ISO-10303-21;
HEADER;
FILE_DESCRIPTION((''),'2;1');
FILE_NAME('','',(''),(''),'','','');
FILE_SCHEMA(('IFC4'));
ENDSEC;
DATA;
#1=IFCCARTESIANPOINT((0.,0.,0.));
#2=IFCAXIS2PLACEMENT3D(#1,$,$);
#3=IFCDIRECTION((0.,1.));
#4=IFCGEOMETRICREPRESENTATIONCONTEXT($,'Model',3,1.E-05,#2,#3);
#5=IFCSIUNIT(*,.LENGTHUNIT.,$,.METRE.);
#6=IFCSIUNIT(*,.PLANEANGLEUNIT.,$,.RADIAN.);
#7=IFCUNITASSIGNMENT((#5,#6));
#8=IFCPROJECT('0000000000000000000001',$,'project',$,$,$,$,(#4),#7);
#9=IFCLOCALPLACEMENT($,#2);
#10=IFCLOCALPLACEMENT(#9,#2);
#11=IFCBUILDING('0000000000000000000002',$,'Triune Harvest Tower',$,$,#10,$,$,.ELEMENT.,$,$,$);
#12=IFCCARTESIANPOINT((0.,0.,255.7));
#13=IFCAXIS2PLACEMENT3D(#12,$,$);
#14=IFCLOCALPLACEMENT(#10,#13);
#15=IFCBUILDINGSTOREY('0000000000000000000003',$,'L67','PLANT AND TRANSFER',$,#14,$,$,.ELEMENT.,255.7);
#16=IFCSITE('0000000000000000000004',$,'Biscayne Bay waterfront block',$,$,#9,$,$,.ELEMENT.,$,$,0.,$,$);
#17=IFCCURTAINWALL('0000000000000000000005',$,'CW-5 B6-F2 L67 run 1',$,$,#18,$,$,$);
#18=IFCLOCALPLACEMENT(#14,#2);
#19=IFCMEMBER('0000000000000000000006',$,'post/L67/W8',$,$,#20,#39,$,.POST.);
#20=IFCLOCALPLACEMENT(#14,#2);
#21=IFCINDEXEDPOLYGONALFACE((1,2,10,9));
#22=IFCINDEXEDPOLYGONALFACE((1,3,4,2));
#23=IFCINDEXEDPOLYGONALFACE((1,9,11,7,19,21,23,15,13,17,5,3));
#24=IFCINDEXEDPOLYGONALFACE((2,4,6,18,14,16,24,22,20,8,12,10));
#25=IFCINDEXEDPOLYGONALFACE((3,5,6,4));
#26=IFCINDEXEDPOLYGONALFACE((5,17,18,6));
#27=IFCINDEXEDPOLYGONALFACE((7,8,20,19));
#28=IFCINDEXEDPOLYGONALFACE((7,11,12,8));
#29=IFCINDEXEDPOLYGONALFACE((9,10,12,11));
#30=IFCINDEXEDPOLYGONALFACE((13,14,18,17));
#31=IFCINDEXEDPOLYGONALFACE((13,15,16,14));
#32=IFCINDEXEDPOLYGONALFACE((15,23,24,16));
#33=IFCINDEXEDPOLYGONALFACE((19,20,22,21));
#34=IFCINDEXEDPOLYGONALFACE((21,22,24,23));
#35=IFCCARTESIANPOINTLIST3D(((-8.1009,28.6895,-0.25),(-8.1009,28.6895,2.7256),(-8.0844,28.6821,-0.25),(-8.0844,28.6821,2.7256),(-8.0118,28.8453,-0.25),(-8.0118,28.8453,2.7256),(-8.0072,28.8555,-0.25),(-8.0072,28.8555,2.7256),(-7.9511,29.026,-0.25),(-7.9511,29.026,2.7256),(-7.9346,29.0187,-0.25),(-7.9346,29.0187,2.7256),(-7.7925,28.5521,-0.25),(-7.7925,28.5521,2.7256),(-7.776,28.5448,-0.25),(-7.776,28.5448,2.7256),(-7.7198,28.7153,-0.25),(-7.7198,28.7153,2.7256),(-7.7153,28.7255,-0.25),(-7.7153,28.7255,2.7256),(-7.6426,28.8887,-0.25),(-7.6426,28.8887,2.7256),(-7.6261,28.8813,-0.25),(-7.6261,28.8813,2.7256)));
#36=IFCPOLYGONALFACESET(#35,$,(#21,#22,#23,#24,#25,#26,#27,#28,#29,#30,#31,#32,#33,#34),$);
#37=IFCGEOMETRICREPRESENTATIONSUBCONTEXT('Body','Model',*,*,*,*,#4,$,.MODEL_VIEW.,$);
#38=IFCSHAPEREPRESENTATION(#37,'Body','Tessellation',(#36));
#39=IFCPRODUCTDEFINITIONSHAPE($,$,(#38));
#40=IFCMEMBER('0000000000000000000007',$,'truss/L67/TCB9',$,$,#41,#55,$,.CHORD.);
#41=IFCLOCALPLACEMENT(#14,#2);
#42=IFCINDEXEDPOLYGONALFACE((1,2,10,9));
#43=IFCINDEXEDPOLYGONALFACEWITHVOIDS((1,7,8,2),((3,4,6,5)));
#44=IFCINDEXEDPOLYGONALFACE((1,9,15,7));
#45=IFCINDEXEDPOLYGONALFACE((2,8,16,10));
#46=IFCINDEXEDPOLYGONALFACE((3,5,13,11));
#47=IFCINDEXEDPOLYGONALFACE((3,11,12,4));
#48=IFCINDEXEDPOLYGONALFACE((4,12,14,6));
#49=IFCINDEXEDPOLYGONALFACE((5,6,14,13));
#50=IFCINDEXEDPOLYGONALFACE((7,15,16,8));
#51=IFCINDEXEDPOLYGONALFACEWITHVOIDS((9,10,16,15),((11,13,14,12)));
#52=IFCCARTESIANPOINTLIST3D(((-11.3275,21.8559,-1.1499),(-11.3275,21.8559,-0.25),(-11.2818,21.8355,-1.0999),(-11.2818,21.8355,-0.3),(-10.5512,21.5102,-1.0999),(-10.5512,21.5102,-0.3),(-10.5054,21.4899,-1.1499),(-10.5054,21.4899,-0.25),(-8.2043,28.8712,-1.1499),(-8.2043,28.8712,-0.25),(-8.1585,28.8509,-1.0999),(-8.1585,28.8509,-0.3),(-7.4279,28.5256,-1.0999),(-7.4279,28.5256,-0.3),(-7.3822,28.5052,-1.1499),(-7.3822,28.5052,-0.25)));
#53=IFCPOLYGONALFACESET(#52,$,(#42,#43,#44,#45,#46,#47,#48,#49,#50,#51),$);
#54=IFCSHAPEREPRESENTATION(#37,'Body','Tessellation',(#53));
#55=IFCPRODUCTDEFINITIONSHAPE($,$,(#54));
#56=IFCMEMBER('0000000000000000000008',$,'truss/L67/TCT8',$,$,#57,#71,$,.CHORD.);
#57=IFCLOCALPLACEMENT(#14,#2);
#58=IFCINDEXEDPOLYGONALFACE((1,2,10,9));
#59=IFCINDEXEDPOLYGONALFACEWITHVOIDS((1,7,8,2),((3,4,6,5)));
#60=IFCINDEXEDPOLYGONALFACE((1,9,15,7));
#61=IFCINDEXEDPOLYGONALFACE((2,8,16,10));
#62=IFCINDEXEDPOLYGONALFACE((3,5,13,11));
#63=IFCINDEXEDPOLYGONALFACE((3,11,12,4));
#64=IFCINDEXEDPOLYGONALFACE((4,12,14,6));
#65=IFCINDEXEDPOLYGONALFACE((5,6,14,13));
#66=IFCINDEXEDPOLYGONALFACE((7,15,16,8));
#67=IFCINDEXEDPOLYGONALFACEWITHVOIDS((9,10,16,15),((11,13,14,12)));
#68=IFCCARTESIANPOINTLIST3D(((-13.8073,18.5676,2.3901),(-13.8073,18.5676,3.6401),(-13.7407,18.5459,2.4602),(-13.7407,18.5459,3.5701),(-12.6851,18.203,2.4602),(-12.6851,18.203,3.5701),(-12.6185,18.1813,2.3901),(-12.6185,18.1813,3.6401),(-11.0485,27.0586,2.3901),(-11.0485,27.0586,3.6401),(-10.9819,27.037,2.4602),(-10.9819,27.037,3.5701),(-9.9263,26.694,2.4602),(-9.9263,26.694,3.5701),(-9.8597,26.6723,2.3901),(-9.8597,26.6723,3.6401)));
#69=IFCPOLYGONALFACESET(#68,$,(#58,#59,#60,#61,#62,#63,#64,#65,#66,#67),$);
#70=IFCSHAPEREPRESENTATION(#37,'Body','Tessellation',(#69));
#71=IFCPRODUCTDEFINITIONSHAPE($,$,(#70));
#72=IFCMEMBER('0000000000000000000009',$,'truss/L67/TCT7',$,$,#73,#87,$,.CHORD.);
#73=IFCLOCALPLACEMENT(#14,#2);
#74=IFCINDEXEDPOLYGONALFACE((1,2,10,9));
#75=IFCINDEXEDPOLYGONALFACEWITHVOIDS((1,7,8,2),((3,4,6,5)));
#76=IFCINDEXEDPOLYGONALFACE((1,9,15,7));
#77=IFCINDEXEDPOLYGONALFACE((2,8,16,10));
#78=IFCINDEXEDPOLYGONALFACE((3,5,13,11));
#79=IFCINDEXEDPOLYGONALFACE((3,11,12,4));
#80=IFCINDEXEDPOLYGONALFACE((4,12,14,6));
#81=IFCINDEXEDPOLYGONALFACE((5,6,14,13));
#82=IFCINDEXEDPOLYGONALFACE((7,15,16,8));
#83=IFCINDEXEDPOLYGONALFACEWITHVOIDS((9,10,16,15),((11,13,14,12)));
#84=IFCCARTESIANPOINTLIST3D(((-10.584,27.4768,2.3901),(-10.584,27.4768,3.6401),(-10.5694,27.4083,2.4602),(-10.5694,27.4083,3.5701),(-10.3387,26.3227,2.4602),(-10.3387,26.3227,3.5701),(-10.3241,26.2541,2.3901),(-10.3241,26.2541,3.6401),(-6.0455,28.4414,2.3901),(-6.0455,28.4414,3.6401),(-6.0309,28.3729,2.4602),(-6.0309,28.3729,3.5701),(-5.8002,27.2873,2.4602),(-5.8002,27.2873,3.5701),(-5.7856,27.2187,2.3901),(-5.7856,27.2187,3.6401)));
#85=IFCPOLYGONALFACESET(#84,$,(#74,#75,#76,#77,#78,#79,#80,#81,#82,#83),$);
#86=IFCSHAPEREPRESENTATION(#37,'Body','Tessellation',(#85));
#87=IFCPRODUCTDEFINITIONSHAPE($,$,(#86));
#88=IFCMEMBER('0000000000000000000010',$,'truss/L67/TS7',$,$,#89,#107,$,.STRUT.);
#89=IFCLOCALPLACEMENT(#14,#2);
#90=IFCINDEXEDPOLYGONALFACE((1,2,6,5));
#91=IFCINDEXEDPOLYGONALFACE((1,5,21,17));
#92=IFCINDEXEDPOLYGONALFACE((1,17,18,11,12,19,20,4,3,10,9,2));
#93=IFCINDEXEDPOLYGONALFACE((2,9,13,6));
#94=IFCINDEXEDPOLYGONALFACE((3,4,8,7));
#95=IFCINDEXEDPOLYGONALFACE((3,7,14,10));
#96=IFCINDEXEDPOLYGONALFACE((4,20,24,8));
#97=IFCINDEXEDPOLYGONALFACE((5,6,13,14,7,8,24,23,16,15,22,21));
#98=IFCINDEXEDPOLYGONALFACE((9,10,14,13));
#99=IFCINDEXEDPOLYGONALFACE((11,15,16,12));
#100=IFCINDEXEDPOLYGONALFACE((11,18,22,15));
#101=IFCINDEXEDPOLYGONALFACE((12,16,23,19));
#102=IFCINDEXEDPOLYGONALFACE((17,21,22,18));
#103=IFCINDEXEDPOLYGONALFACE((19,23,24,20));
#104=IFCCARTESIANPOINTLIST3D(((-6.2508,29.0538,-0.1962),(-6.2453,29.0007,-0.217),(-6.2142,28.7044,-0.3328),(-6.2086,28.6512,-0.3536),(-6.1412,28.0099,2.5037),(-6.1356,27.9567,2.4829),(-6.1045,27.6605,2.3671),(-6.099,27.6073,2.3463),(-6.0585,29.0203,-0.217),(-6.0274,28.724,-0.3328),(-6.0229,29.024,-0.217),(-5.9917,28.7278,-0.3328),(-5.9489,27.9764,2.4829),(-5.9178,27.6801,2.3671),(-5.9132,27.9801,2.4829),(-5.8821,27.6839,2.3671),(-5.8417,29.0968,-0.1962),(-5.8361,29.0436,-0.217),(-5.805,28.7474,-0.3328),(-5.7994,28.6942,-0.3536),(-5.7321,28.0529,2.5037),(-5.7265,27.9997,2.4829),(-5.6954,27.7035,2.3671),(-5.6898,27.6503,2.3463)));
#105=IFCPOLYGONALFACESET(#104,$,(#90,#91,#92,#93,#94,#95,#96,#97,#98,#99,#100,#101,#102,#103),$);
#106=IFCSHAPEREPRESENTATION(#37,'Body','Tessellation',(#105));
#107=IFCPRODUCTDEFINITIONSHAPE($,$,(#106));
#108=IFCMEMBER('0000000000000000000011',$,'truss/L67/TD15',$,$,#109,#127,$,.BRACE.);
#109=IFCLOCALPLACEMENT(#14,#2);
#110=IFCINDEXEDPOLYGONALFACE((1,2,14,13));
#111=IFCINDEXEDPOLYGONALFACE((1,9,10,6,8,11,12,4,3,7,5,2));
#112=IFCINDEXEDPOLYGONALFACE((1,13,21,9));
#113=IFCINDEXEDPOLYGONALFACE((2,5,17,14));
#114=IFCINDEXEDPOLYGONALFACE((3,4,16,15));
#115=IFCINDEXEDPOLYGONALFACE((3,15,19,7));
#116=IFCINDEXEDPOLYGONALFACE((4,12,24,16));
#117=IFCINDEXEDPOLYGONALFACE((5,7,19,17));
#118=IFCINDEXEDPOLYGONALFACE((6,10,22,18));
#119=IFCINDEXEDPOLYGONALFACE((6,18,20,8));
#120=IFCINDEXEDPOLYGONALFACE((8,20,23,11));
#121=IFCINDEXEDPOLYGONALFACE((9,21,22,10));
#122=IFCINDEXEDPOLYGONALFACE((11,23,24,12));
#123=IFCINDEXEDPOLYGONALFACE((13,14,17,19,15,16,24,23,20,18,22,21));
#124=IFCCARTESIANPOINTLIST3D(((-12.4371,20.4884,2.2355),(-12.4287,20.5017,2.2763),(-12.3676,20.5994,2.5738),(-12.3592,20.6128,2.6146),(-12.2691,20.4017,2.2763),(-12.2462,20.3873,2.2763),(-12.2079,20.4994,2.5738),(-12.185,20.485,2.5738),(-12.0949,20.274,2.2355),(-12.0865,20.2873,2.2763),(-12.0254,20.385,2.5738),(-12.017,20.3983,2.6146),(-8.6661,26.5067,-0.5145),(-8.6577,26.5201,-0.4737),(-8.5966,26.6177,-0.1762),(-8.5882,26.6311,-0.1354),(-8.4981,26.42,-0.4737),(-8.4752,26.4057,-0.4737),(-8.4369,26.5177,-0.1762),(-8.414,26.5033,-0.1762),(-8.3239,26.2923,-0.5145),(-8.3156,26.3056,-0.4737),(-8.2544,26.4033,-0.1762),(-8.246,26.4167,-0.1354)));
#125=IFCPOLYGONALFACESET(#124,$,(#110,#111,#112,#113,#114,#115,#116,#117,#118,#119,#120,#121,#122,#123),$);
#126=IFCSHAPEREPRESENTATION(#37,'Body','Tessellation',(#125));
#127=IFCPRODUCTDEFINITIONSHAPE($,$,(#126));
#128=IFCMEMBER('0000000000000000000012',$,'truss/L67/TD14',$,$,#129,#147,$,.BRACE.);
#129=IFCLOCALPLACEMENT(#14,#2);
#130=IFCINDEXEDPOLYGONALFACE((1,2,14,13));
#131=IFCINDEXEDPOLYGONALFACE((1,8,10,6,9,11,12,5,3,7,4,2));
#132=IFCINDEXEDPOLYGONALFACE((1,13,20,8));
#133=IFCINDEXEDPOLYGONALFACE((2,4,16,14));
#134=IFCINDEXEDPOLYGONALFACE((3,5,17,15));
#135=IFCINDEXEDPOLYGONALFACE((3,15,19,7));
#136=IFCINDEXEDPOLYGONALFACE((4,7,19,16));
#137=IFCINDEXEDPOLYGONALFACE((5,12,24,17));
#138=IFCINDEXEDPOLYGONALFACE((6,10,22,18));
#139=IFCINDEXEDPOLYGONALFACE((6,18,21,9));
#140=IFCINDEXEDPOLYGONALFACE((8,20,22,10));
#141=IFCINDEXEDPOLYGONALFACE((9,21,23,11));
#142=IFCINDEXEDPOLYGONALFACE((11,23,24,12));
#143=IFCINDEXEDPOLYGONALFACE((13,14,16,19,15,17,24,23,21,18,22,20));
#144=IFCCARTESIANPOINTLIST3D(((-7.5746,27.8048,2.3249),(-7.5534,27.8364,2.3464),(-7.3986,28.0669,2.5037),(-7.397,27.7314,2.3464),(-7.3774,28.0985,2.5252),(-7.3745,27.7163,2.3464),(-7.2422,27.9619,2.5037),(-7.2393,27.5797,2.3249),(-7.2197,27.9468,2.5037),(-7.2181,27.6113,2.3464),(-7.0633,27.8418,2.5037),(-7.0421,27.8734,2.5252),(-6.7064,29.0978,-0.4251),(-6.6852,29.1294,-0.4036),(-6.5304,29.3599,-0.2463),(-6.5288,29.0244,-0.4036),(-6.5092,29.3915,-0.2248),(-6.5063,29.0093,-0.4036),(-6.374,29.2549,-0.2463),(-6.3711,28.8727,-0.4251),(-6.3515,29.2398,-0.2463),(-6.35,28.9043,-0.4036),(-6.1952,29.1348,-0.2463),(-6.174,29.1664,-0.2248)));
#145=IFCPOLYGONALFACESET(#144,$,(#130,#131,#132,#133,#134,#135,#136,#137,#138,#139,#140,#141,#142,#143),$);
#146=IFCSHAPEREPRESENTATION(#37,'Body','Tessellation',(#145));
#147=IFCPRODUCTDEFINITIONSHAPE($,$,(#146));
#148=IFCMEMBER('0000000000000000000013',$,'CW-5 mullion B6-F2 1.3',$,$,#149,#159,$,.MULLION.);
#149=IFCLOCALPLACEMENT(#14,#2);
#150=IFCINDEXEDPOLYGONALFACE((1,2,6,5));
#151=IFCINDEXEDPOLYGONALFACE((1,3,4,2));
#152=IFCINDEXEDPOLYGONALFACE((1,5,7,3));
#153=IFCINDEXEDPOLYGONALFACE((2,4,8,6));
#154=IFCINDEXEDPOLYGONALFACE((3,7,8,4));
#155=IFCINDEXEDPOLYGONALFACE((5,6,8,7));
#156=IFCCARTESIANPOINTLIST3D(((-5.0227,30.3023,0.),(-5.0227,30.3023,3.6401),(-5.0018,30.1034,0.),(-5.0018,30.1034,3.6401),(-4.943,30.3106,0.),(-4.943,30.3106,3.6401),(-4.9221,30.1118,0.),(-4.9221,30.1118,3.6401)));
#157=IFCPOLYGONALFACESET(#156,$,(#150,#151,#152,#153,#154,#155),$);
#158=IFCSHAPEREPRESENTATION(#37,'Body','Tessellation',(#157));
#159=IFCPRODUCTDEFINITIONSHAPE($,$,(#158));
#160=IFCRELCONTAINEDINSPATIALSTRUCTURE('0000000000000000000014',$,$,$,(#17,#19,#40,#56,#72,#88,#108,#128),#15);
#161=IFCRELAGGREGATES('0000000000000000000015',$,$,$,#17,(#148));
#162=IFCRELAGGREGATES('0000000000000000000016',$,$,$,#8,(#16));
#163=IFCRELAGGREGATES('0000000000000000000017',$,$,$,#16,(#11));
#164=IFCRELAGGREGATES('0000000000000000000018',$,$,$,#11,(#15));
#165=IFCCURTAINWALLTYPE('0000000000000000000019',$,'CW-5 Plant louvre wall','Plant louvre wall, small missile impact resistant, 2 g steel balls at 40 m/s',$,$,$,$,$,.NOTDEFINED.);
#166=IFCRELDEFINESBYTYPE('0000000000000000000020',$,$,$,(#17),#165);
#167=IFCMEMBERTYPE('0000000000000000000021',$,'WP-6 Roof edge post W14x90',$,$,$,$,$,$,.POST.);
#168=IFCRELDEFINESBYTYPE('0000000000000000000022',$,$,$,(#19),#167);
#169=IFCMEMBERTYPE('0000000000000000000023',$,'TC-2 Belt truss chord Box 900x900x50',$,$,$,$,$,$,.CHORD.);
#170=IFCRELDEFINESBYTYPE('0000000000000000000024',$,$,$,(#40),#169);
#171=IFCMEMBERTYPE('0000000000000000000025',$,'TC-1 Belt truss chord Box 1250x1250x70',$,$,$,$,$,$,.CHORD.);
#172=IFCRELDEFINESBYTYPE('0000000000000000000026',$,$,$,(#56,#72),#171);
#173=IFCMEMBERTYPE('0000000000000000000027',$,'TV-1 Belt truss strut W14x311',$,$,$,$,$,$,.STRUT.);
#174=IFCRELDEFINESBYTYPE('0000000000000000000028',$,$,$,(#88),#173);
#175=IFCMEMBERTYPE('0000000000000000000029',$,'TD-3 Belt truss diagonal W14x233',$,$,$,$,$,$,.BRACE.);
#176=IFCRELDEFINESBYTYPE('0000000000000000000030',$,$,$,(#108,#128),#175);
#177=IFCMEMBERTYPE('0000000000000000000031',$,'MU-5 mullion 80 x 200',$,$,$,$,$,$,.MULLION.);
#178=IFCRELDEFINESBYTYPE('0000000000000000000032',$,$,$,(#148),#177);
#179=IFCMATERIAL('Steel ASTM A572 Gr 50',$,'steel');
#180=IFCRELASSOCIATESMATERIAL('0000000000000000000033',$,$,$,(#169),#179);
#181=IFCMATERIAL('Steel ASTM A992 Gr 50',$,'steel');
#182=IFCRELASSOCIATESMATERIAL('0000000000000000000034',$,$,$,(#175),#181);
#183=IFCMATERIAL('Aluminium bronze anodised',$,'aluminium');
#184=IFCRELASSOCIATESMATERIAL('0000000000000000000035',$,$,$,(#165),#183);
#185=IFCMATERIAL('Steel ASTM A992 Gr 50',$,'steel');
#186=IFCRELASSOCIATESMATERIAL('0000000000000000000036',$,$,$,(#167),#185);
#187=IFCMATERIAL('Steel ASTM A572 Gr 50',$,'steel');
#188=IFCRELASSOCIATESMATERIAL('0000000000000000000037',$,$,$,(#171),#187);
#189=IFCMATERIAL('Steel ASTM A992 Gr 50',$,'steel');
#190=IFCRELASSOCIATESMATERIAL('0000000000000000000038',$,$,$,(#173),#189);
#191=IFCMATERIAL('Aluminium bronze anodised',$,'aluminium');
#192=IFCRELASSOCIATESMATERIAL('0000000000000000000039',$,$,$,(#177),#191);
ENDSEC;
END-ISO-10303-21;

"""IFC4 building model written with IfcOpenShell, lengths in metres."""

from ifc_helpers import new_model, si_unit, direction, frame, origin, origin_2d, place, context, subcontext, project, spatial, rectangle, hollow_rectangle, i_section, extrude, source, transform, mapped, material, material_profile, profile_set, type_object, element, aggregate, save


model = new_model("IFC4")

# Units and contexts
model_context = context("Model", 3, precision=1e-05, world=origin(), true_north=direction((0.0, 1.0)))
body_context = subcontext(model_context, "Body", "Model", "MODEL_VIEW")
ifc_project = project(units=[si_unit("LENGTHUNIT", "METRE"), si_unit("PLANEANGLEUNIT", "RADIAN")], contexts=[model_context])

# Site, building, storey
site_placement = place(None, origin())
site = spatial("IfcSite", under=ifc_project, at=site_placement, Name="Biscayne Bay waterfront block", CompositionType="ELEMENT", RefElevation=0.0)
building_placement = place(site_placement, origin())
building = spatial("IfcBuilding", under=site, at=building_placement, Name="Triune Harvest Tower", CompositionType="ELEMENT")
storey_placement = place(building_placement, frame((0.0, 0.0, 255.7)))
storey = spatial("IfcBuildingStorey", under=building, at=storey_placement, Name="L67", Description="PLANT AND TRANSFER", CompositionType="ELEMENT", Elevation=255.7)

# Shared definitions
ifc_material_1 = material(Name="Steel ASTM A572 Gr 50", Category="steel")
ifc_material_profile_1 = material_profile(ifc_material_1, hollow_rectangle(XDim=0.8999, YDim=0.8999, WallThickness=0.05, at=origin_2d()), Name="Box 900x900x50")
ifc_profile_set_1 = profile_set([ifc_material_profile_1], Name="Steel ASTM A572 Gr 50")
member_type_1 = type_object("IfcMemberType", Name="TC-2 Belt truss chord Box 900x900x50", PredefinedType="CHORD", material=ifc_profile_set_1)
ifc_material_2 = material(Name="Steel ASTM A992 Gr 50", Category="steel")
ifc_material_profile_2 = material_profile(ifc_material_2, i_section(OverallWidth=0.4038, OverallDepth=0.4065, WebThickness=0.0271, FlangeThickness=0.0437, at=origin_2d()), Name="W14x233")
ifc_profile_set_2 = profile_set([ifc_material_profile_2], Name="Steel ASTM A992 Gr 50")
member_type_2 = type_object("IfcMemberType", Name="TD-3 Belt truss diagonal W14x233", PredefinedType="BRACE", material=ifc_profile_set_2)

# Curtain wall
ifc_material_3 = material(Name="Aluminium bronze anodised", Category="aluminium")
curtain_wall_type = type_object("IfcCurtainWallType", Name="CW-5 Plant louvre wall", Description="Plant louvre wall, small missile impact resistant, 2 g steel balls at 40 m/s", PredefinedType="NOTDEFINED", material=ifc_material_3)
curtain_wall_1_placement = place(storey_placement, origin())
curtain_wall_1 = element("IfcCurtainWall", 1, at=curtain_wall_1_placement, inside=storey, type_object=curtain_wall_type, Name="CW-5 B6-F2 L67 run 1")

# Members
ifc_material_4 = material(Name="Steel ASTM A992 Gr 50", Category="steel")
ifc_material_profile_3 = material_profile(ifc_material_4, i_section(OverallWidth=0.3684, OverallDepth=0.3557, WebThickness=0.0112, FlangeThickness=0.0181, at=origin_2d()), Name="W14x90")
ifc_profile_set_3 = profile_set([ifc_material_profile_3], Name="Steel ASTM A992 Gr 50")
member_type_3 = type_object("IfcMemberType", Name="WP-6 Roof edge post W14x90", PredefinedType="POST", material=ifc_profile_set_3)
shared_shape_1 = source(origin(), body_context, "Body", "SweptSolid", [
    extrude(i_section(OverallWidth=0.3684, OverallDepth=0.3557, WebThickness=0.0112, FlangeThickness=0.0181, at=origin_2d()), origin(), (0.0, 0.0, 1.0), 2.9756),
])
for number, where, z_axis, x_axis, name in (
    (2, (-7.8635, 28.7854, -0.25), (0.0, 0.0, 1.0), (-0.406738, -0.913545, 0.0), "post/L67/W8"),
):
    element("IfcMember", number, at=place(storey_placement, frame(where, z_axis=z_axis, x_axis=x_axis)), inside=storey, type_object=member_type_3, Name=name, PredefinedType="POST", context=body_context, shape_type="MappedRepresentation", body=[
        mapped(shared_shape_1, transform((0.0, 0.0, 0.0), scale=1.0)),
    ])
shared_shape_2 = source(origin(), body_context, "Body", "SweptSolid", [
    extrude(hollow_rectangle(XDim=0.8999, YDim=0.8999, WallThickness=0.05, at=origin_2d()), origin(), (0.0, 0.0, 1.0), 7.6792),
])
member_1_placement = place(storey_placement, frame((-7.7932, 28.6882, -0.7), z_axis=(-0.406719, -0.913553, 0.0), x_axis=(0.913553, -0.406719, 0.0)))
element("IfcMember", 3, at=member_1_placement, inside=storey, type_object=member_type_1, Name="truss/L67/TCB9", PredefinedType="CHORD", context=body_context, shape_type="MappedRepresentation", body=[
    mapped(shared_shape_2, transform((0.0, 0.0, 0.0), scale=1.0)),
])
ifc_material_5 = material(Name="Steel ASTM A572 Gr 50", Category="steel")
ifc_material_profile_4 = material_profile(ifc_material_5, hollow_rectangle(XDim=1.25, YDim=1.25, WallThickness=0.0701, at=origin_2d()), Name="Box 1250x1250x70")
ifc_profile_set_4 = profile_set([ifc_material_profile_4], Name="Steel ASTM A572 Gr 50")
member_type_4 = type_object("IfcMemberType", Name="TC-1 Belt truss chord Box 1250x1250x70", PredefinedType="CHORD", material=ifc_profile_set_4)
shared_shape_3 = source(origin(), body_context, "Body", "SweptSolid", [
    extrude(hollow_rectangle(XDim=1.25, YDim=1.25, WallThickness=0.0701, at=origin_2d()), origin(), (0.0, 0.0, 1.0), 8.928),
])
member_2_placement = place(storey_placement, frame((-10.4541, 26.8655, 3.0151), z_axis=(-0.309008, -0.95106, 0.0), x_axis=(0.95106, -0.309008, 0.0)))
element("IfcMember", 4, at=member_2_placement, inside=storey, type_object=member_type_4, Name="truss/L67/TCT8", PredefinedType="CHORD", context=body_context, shape_type="MappedRepresentation", body=[
    mapped(shared_shape_3, transform((0.0, 0.0, 0.0), scale=1.0)),
])
shared_shape_4 = source(origin(), body_context, "Body", "SweptSolid", [
    extrude(hollow_rectangle(XDim=1.25, YDim=1.25, WallThickness=0.0701, at=origin_2d()), origin(), (0.0, 0.0, 1.0), 4.6399),
])
member_3_placement = place(storey_placement, frame((-5.9155, 27.8301, 3.0151), z_axis=(-0.978152, -0.20789, 0.0), x_axis=(0.20789, -0.978152, 0.0)))
element("IfcMember", 5, at=member_3_placement, inside=storey, type_object=member_type_4, Name="truss/L67/TCT7", PredefinedType="CHORD", context=body_context, shape_type="MappedRepresentation", body=[
    mapped(shared_shape_4, transform((0.0, 0.0, 0.0), scale=1.0)),
])
ifc_material_6 = material(Name="Steel ASTM A992 Gr 50", Category="steel")
ifc_material_profile_5 = material_profile(ifc_material_6, i_section(OverallWidth=0.4114, OverallDepth=0.4343, WebThickness=0.0359, FlangeThickness=0.0574, at=origin_2d()), Name="W14x311")
ifc_profile_set_5 = profile_set([ifc_material_profile_5], Name="Steel ASTM A992 Gr 50")
member_type_5 = type_object("IfcMemberType", Name="TV-1 Belt truss strut W14x311", PredefinedType="STRUT", material=ifc_profile_set_5)
shared_shape_5 = source(origin(), body_context, "Body", "SweptSolid", [
    extrude(i_section(OverallWidth=0.4114, OverallDepth=0.4343, WebThickness=0.0359, FlangeThickness=0.0574, at=origin_2d()), origin(), (0.0, 0.0, 1.0), 2.8967),
])
member_4_placement = place(storey_placement, frame((-6.0251, 28.874, -0.2749), z_axis=(0.037841, -0.360376, 0.932039), x_axis=(0.994532, 0.104431, 0.0)))
element("IfcMember", 6, at=member_4_placement, inside=storey, type_object=member_type_5, Name="truss/L67/TS7", PredefinedType="STRUT", context=body_context, shape_type="MappedRepresentation", body=[
    mapped(shared_shape_5, transform((0.0, 0.0, 0.0), scale=1.0)),
])
shared_shape_6 = source(origin(), body_context, "Body", "SweptSolid", [
    extrude(i_section(OverallWidth=0.4038, OverallDepth=0.4065, WebThickness=0.0271, FlangeThickness=0.0437, at=origin_2d()), origin(), (0.0, 0.0, 1.0), 7.616),
])
member_5_placement = place(storey_placement, frame((-8.4561, 26.4617, -0.325), z_axis=(-0.495143, -0.790223, 0.361083), x_axis=(0.847393, -0.530966, 0.0)))
element("IfcMember", 7, at=member_5_placement, inside=storey, type_object=member_type_2, Name="truss/L67/TD15", PredefinedType="BRACE", context=body_context, shape_type="MappedRepresentation", body=[
    mapped(shared_shape_6, transform((0.0, 0.0, 0.0), scale=1.0)),
])
shared_shape_7 = source(origin(), body_context, "Body", "SweptSolid", [
    extrude(i_section(OverallWidth=0.4038, OverallDepth=0.4065, WebThickness=0.0271, FlangeThickness=0.0437, at=origin_2d()), origin(), (0.0, 0.0, 1.0), 3.1604),
])
member_6_placement = place(storey_placement, frame((-6.4402, 29.1321, -0.325), z_axis=(-0.274703, -0.409119, 0.87015), x_axis=(0.830213, -0.557447, 0.0)))
element("IfcMember", 8, at=member_6_placement, inside=storey, type_object=member_type_2, Name="truss/L67/TD14", PredefinedType="BRACE", context=body_context, shape_type="MappedRepresentation", body=[
    mapped(shared_shape_7, transform((0.0, 0.0, 0.0), scale=1.0)),
])

# Member
ifc_material_7 = material(Name="Aluminium bronze anodised", Category="aluminium")
ifc_material_profile_6 = material_profile(ifc_material_7, rectangle(XDim=0.2, YDim=0.0801, at=origin_2d()), Name="MU-5 mullion 80 x 200")
ifc_profile_set_6 = profile_set([ifc_material_profile_6], Name="Aluminium bronze anodised")
member_type_6 = type_object("IfcMemberType", Name="MU-5 mullion 80 x 200", PredefinedType="MULLION", material=ifc_profile_set_6)
shared_shape_8 = source(origin(), body_context, "Body", "SweptSolid", [
    extrude(rectangle(XDim=0.2, YDim=0.0801, at=origin_2d()), origin(), (0.0, 0.0, 1.0), 3.6401),
])
member_7_placement = place(storey_placement, frame((-4.9724, 30.207, 0.0), z_axis=(0.0, 0.0, 1.0), x_axis=(0.10453, -0.994522, 0.0)))
member_7 = element("IfcMember", 9, at=member_7_placement, type_object=member_type_6, Name="CW-5 mullion B6-F2 1.3", PredefinedType="MULLION", context=body_context, shape_type="MappedRepresentation", body=[
    mapped(shared_shape_8, transform((0.0, 0.0, 0.0), scale=1.0)),
])

aggregate(curtain_wall_1, [member_7])

save(model, "model.ifc")
